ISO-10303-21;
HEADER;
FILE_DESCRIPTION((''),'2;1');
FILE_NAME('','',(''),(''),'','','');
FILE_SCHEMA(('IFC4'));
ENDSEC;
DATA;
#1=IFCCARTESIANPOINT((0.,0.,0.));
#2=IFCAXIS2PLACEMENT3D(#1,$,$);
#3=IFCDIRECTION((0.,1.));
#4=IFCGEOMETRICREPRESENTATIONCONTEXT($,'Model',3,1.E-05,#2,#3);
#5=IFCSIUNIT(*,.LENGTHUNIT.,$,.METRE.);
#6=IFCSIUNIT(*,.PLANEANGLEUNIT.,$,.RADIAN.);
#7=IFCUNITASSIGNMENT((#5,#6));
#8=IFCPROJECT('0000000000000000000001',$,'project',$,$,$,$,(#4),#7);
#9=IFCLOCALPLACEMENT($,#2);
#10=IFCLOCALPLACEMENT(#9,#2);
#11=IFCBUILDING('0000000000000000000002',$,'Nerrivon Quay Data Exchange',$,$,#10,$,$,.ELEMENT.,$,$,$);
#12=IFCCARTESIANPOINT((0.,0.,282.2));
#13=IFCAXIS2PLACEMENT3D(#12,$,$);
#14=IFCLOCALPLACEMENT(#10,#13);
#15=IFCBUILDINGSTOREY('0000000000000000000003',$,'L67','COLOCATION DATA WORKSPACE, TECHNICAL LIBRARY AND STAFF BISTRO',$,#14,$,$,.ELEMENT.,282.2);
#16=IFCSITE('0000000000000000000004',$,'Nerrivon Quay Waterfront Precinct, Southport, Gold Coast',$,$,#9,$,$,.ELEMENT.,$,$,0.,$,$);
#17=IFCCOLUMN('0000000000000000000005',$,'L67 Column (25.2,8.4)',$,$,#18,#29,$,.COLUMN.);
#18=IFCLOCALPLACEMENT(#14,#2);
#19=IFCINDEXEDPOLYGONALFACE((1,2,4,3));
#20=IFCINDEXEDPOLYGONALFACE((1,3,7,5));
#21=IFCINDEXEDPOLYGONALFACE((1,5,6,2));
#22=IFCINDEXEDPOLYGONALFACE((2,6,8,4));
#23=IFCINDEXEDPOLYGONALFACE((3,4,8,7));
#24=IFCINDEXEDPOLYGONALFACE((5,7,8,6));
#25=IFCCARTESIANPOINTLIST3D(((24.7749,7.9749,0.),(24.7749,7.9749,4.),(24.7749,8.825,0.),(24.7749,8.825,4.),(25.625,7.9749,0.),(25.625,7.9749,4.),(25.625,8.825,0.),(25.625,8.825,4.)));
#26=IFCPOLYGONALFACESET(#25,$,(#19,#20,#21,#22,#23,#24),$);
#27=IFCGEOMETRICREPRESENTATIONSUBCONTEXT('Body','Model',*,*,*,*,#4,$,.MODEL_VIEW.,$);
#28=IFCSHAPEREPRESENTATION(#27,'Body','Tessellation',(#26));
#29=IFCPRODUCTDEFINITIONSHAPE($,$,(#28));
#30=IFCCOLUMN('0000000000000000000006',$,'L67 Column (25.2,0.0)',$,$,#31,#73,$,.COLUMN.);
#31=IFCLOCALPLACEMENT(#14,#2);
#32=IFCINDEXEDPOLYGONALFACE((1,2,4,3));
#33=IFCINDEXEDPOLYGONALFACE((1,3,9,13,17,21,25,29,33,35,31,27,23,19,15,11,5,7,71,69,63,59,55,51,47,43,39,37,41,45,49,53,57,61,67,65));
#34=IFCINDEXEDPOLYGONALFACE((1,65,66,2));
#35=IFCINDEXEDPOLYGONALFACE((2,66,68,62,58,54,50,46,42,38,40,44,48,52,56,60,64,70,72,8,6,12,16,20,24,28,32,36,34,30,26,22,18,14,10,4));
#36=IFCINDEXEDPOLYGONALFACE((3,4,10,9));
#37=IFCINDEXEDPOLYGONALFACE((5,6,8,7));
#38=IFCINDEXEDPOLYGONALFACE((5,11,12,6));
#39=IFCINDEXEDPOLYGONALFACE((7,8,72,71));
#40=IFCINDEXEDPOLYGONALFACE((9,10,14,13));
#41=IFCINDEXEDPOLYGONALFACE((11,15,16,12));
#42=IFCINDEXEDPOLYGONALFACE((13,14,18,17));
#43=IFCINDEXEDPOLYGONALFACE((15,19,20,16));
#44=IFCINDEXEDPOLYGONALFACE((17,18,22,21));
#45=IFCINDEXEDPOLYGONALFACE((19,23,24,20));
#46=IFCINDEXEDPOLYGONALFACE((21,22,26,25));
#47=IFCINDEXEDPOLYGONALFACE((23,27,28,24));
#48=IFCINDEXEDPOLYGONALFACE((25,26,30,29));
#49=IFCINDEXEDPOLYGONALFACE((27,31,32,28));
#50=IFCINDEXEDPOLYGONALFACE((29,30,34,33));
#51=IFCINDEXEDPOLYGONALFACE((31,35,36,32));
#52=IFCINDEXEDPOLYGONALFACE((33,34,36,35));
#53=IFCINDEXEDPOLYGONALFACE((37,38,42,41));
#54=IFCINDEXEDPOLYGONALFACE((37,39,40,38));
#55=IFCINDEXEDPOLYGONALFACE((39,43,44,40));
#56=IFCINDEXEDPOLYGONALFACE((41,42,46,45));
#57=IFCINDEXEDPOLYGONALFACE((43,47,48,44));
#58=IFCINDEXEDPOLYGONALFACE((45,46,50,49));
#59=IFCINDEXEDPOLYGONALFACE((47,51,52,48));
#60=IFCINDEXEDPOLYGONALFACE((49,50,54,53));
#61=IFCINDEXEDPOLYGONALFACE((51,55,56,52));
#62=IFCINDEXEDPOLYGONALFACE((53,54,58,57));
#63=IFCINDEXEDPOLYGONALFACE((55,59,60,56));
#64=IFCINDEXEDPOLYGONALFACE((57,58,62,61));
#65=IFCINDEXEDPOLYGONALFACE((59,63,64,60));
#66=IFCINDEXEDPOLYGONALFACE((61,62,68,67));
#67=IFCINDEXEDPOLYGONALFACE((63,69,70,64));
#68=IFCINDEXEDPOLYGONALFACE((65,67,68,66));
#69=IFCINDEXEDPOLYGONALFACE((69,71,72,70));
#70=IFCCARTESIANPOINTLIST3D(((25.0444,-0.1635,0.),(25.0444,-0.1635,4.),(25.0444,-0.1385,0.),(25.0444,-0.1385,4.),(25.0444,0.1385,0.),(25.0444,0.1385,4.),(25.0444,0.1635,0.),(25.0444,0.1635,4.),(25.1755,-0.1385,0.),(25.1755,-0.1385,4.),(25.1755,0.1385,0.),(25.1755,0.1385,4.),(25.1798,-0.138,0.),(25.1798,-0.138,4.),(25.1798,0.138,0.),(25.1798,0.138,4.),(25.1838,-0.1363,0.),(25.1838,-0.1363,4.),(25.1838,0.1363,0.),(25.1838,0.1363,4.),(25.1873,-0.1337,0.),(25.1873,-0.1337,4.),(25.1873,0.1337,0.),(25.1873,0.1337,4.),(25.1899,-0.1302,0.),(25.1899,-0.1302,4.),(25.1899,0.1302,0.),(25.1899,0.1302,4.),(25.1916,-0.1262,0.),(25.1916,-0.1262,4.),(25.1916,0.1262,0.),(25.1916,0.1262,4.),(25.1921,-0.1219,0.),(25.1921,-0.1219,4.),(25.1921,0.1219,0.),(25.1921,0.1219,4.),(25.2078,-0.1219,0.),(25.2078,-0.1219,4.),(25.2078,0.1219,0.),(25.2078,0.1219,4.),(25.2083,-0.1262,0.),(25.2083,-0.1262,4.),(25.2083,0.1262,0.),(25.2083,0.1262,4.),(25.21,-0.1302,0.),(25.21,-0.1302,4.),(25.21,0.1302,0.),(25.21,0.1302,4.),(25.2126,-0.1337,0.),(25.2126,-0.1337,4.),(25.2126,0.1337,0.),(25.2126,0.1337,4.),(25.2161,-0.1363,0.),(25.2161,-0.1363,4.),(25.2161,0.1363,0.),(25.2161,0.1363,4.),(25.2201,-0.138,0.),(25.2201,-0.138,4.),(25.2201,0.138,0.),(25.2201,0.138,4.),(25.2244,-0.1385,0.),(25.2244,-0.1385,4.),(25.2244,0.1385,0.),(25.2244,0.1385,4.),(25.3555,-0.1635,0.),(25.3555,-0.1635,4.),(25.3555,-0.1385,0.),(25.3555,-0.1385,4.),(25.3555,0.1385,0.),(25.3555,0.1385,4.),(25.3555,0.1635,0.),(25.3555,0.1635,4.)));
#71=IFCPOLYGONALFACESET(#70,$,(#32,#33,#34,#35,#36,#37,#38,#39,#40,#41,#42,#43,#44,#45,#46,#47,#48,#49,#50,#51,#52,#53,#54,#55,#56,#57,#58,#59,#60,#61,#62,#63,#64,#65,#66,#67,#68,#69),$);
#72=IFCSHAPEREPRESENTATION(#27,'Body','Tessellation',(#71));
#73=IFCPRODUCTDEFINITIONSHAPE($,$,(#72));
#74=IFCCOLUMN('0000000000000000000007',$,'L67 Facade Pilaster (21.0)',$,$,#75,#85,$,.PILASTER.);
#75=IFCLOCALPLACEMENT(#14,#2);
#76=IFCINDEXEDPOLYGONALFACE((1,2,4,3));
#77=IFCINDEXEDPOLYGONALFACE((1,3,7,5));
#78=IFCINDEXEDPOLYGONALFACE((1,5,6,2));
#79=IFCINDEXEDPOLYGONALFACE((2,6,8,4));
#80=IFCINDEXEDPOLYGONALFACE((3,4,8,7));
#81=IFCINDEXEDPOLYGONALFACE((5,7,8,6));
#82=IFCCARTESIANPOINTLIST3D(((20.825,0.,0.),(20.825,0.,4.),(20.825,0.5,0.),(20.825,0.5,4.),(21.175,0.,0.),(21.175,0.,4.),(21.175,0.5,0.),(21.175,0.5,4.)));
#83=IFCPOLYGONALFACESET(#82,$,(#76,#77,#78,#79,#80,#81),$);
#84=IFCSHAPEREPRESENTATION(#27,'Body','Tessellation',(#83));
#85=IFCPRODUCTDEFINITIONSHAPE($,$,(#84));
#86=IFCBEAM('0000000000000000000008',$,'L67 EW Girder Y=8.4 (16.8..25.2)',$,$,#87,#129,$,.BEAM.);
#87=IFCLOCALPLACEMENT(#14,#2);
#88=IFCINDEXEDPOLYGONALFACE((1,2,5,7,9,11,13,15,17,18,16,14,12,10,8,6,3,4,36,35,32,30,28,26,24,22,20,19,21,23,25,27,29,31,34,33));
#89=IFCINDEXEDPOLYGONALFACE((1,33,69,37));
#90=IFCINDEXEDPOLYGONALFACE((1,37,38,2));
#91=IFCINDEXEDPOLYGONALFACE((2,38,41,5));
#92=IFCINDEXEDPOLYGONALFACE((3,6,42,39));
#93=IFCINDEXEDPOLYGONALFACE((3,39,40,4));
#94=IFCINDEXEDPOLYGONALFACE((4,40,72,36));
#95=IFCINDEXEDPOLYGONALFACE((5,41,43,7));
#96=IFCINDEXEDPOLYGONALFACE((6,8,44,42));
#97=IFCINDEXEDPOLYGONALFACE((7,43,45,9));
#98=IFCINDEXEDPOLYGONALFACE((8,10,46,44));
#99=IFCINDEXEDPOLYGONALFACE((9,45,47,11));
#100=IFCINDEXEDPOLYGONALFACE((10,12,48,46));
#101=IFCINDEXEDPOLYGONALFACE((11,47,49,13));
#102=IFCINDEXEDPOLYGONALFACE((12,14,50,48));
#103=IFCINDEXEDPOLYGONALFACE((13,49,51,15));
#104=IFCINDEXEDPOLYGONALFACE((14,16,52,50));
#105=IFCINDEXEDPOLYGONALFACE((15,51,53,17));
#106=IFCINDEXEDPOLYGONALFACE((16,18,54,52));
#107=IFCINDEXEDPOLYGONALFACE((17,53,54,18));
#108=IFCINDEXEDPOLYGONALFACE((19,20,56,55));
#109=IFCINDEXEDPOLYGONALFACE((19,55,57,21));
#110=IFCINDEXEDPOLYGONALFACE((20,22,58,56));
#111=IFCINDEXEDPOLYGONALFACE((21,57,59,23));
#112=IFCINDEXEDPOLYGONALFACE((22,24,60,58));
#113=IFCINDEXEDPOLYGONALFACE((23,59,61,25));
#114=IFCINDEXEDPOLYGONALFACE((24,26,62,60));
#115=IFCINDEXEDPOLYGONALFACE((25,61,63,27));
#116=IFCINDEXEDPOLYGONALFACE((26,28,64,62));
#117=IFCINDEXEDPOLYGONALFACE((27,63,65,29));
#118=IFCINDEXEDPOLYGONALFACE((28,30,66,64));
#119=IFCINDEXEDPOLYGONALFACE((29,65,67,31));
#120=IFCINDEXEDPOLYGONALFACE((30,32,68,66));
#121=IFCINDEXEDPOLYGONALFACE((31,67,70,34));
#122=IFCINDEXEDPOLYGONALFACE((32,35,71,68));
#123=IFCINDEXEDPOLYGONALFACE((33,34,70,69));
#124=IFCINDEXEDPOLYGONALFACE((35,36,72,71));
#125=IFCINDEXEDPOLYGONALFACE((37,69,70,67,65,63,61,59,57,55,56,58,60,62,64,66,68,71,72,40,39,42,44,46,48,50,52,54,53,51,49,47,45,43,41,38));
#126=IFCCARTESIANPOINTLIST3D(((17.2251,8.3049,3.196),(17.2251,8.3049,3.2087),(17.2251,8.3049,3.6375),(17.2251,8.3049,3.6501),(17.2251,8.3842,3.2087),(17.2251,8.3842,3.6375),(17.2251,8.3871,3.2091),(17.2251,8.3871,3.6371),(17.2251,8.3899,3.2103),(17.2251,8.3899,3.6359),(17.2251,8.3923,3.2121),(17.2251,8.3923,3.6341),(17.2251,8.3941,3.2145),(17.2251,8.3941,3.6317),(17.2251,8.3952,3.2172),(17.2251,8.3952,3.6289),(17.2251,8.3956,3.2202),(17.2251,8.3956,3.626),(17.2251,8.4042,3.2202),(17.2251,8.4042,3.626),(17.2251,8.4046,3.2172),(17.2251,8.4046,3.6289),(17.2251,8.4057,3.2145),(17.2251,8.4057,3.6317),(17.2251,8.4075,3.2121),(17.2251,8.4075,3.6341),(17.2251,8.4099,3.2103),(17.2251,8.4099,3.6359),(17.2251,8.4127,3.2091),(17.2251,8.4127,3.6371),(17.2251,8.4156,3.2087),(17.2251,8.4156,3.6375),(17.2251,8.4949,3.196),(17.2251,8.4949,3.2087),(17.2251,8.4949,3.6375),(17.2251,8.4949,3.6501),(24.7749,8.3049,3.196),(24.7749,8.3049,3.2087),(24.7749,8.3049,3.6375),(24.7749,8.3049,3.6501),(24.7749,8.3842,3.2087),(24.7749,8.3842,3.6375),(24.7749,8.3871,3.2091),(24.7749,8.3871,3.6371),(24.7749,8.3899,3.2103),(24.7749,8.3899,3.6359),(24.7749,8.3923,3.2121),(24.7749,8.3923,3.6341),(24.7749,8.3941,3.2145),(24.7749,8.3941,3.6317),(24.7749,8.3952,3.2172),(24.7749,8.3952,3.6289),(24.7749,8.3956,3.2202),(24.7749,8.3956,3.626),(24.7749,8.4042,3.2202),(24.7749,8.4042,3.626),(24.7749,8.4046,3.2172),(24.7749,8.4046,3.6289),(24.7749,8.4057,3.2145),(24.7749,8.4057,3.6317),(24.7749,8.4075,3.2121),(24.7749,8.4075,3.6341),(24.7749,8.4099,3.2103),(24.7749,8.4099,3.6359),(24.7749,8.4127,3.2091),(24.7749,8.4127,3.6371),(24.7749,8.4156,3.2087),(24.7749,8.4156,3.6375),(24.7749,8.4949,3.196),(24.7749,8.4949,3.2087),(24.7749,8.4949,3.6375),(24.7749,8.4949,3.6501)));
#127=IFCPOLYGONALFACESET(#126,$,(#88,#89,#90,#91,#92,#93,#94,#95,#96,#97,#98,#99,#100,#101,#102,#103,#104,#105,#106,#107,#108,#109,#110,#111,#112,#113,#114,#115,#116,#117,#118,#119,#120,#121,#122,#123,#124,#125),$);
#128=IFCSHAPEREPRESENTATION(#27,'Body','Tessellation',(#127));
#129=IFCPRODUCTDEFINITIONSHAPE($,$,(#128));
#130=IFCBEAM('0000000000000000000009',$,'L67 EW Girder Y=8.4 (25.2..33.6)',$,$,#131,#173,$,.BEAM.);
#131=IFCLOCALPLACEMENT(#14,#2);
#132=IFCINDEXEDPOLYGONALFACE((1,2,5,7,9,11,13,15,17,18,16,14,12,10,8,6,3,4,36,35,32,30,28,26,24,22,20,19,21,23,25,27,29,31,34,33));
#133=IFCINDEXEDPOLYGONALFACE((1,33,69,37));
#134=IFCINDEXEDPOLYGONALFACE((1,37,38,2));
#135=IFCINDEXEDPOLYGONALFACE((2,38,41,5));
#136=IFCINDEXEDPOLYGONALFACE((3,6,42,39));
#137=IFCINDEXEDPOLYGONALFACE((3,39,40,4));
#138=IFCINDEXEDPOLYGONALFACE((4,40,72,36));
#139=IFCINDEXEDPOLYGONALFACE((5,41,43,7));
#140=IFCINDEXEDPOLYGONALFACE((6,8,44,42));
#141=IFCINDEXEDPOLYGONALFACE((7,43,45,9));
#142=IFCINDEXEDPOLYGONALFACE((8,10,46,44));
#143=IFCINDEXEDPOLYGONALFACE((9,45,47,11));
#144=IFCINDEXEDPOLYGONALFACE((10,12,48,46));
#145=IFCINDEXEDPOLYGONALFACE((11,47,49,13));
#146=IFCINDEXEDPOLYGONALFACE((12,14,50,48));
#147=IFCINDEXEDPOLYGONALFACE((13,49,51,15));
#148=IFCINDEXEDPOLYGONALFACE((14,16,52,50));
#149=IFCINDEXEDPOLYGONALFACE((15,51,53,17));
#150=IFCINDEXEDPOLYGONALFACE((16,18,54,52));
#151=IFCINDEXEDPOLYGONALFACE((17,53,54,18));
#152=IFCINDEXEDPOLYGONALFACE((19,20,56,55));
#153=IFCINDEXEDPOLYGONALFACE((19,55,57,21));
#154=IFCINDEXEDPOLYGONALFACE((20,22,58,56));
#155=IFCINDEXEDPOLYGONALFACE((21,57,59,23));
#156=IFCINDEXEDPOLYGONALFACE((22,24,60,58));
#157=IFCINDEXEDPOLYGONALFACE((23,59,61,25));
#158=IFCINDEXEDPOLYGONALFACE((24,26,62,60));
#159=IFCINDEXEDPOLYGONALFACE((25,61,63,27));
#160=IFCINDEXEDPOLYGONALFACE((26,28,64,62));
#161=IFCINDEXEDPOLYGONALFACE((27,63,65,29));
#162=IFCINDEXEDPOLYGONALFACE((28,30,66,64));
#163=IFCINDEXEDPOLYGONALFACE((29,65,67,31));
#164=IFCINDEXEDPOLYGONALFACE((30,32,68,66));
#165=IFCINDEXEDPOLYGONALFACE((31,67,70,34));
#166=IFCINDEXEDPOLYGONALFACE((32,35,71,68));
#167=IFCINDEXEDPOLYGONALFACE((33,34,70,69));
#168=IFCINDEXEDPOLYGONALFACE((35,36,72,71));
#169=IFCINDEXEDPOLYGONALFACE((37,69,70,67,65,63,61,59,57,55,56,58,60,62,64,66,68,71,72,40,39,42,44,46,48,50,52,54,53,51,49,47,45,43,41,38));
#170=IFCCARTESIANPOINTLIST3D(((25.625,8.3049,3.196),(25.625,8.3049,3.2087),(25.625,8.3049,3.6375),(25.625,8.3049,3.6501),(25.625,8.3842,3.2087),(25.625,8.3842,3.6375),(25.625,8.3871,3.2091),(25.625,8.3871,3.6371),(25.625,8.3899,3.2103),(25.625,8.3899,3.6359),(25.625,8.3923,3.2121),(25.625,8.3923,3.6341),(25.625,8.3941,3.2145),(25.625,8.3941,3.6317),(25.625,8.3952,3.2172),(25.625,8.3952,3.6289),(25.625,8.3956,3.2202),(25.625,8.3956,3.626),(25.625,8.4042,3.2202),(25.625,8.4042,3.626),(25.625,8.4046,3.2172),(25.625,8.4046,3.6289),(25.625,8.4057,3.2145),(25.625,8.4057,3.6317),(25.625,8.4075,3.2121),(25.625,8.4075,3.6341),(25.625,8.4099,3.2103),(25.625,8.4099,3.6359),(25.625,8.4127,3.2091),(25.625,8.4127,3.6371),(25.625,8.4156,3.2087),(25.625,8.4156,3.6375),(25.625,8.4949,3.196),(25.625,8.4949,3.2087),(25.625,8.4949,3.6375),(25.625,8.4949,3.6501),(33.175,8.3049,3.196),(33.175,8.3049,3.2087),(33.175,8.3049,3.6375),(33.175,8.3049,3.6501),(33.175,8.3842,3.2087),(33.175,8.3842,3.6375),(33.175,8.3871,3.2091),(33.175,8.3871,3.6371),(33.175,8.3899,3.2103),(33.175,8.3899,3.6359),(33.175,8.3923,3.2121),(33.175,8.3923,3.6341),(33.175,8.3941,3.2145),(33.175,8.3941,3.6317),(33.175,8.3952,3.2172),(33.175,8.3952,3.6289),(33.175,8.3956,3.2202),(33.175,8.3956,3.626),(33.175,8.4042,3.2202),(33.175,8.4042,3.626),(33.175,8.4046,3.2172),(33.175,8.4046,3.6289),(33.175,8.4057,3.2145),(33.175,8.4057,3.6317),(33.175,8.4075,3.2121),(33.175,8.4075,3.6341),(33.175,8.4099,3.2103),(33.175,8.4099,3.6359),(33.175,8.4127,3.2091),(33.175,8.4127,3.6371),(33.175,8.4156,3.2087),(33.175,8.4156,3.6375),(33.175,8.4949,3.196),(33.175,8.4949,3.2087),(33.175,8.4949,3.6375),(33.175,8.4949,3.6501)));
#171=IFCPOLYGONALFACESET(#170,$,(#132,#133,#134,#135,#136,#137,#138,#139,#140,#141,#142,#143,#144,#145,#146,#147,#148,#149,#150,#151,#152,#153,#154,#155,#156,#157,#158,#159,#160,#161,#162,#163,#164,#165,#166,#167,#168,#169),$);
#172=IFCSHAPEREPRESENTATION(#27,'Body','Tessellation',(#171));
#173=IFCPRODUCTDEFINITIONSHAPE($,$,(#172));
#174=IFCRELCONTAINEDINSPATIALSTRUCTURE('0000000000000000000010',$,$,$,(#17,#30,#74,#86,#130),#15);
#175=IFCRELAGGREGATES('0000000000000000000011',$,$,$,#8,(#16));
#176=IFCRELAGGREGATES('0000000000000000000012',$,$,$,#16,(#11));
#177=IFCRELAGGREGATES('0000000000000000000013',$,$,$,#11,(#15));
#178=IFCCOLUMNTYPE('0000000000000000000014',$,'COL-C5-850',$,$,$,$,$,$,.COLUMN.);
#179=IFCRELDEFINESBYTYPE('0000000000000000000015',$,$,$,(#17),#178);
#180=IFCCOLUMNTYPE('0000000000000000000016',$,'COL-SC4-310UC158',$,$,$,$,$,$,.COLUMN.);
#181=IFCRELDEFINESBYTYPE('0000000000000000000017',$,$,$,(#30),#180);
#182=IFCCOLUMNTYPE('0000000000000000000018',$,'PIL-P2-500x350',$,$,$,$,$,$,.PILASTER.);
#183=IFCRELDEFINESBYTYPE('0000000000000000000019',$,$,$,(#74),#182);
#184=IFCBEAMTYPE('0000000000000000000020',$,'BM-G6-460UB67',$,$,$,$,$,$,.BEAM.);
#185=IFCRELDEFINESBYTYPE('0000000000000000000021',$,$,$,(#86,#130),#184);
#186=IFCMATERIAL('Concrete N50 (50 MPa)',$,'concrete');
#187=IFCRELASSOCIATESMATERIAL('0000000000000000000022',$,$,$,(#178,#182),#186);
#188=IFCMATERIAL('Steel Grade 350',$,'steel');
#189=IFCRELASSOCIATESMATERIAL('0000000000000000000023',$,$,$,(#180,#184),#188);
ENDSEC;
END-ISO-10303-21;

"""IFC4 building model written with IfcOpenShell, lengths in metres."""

from ifc_helpers import new_model, si_unit, direction, frame, origin, origin_2d, place, context, subcontext, project, spatial, rectangle, i_section, extrude, material, material_profile, profile_set, type_object, element, save


model = new_model("IFC4")

# Units and contexts
model_context = context("Model", 3, precision=1e-05, world=origin(), true_north=direction((0.0, 1.0)))
body_context = subcontext(model_context, "Body", "Model", "MODEL_VIEW")
ifc_project = project(units=[si_unit("LENGTHUNIT", "METRE"), si_unit("PLANEANGLEUNIT", "RADIAN")], contexts=[model_context])

# Site, building, storey
site_placement = place(None, origin())
site = spatial("IfcSite", under=ifc_project, at=site_placement, Name="Nerrivon Quay Waterfront Precinct, Southport, Gold Coast", CompositionType="ELEMENT", RefElevation=0.0)
building_placement = place(site_placement, origin())
building = spatial("IfcBuilding", under=site, at=building_placement, Name="Nerrivon Quay Data Exchange", CompositionType="ELEMENT")
storey_placement = place(building_placement, frame((0.0, 0.0, 282.2)))
storey = spatial("IfcBuildingStorey", under=building, at=storey_placement, Name="L67", Description="COLOCATION DATA WORKSPACE, TECHNICAL LIBRARY AND STAFF BISTRO", CompositionType="ELEMENT", Elevation=282.2)

# Columns
ifc_material_1 = material(Name="Concrete N50 (50 MPa)", Category="concrete")
ifc_material_profile_1 = material_profile(ifc_material_1, rectangle(XDim=0.8501, YDim=0.8501, at=origin_2d()), Name="RC-COL-850x850")
ifc_profile_set_1 = profile_set([ifc_material_profile_1], Name="Concrete N50 (50 MPa)")
column_type_1 = type_object("IfcColumnType", Name="COL-C5-850", PredefinedType="COLUMN", material=ifc_profile_set_1)
column_1_placement = place(storey_placement, frame((25.2, 8.3999, 0.0), z_axis=(0.0, 0.0, 1.0), x_axis=(1.0, 0.0, 0.0)))
element("IfcColumn", 1, at=column_1_placement, inside=storey, type_object=column_type_1, Name="L67 Column (25.2,8.4)", PredefinedType="COLUMN", context=body_context, shape_type="SweptSolid", body=[
    extrude(rectangle(XDim=0.8501, YDim=0.8501, at=origin_2d()), origin(), (0.0, 0.0, 1.0), 4.0),
])
ifc_material_2 = material(Name="Steel Grade 350", Category="steel")
ifc_material_profile_2 = material_profile(ifc_material_2, i_section(OverallWidth=0.311, OverallDepth=0.3269, WebThickness=0.0156, FlangeThickness=0.0249, FilletRadius=0.0166, at=origin_2d()), Name="310UC158")
ifc_profile_set_2 = profile_set([ifc_material_profile_2], Name="Steel Grade 350")
column_type_2 = type_object("IfcColumnType", Name="COL-SC4-310UC158", PredefinedType="COLUMN", material=ifc_profile_set_2)
column_2_placement = place(storey_placement, frame((25.2, 0.0, 0.0), z_axis=(0.0, 0.0, 1.0), x_axis=(1.0, 0.0, 0.0)))
element("IfcColumn", 2, at=column_2_placement, inside=storey, type_object=column_type_2, Name="L67 Column (25.2,0.0)", PredefinedType="COLUMN", context=body_context, shape_type="SweptSolid", body=[
    extrude(i_section(OverallWidth=0.311, OverallDepth=0.3269, WebThickness=0.0156, FlangeThickness=0.0249, FilletRadius=0.0166, at=origin_2d()), origin(), (0.0, 0.0, 1.0), 4.0),
])
ifc_material_profile_3 = material_profile(ifc_material_1, rectangle(XDim=0.3501, YDim=0.5, at=origin_2d()), Name="RC-PIL-500x350")
ifc_profile_set_3 = profile_set([ifc_material_profile_3], Name="Concrete N50 (50 MPa)")
column_type_3 = type_object("IfcColumnType", Name="PIL-P2-500x350", PredefinedType="PILASTER", material=ifc_profile_set_3)
column_3_placement = place(storey_placement, frame((21.0, 0.25, 0.0), z_axis=(0.0, 0.0, 1.0), x_axis=(1.0, 0.0, 0.0)))
element("IfcColumn", 3, at=column_3_placement, inside=storey, type_object=column_type_3, Name="L67 Facade Pilaster (21.0)", PredefinedType="PILASTER", context=body_context, shape_type="SweptSolid", body=[
    extrude(rectangle(XDim=0.3501, YDim=0.5, at=origin_2d()), origin(), (0.0, 0.0, 1.0), 4.0),
])

# Beams
ifc_material_profile_4 = material_profile(ifc_material_2, i_section(OverallWidth=0.1899, OverallDepth=0.4541, WebThickness=0.0085, FlangeThickness=0.0127, FilletRadius=0.0115, at=origin_2d()), Name="460UB67.1")
ifc_profile_set_4 = profile_set([ifc_material_profile_4], Name="Steel Grade 350")
beam_type_1 = type_object("IfcBeamType", Name="BM-G6-460UB67", PredefinedType="BEAM", material=ifc_profile_set_4)
beam_1_placement = place(storey_placement, frame((17.2251, 8.3999, 3.4231), z_axis=(1.0, 0.0, 0.0), x_axis=(0.0, 1.0, 0.0)))
element("IfcBeam", 4, at=beam_1_placement, inside=storey, type_object=beam_type_1, Name="L67 EW Girder Y=8.4 (16.8..25.2)", PredefinedType="BEAM", context=body_context, shape_type="SweptSolid", body=[
    extrude(i_section(OverallWidth=0.1899, OverallDepth=0.4541, WebThickness=0.0085, FlangeThickness=0.0127, FilletRadius=0.0115, at=origin_2d()), origin(), (0.0, 0.0, 1.0), 7.5498),
])
beam_2_placement = place(storey_placement, frame((25.625, 8.3999, 3.4231), z_axis=(1.0, 0.0, 0.0), x_axis=(0.0, 1.0, 0.0)))
element("IfcBeam", 5, at=beam_2_placement, inside=storey, type_object=beam_type_1, Name="L67 EW Girder Y=8.4 (25.2..33.6)", PredefinedType="BEAM", context=body_context, shape_type="SweptSolid", body=[
    extrude(i_section(OverallWidth=0.1899, OverallDepth=0.4541, WebThickness=0.0085, FlangeThickness=0.0127, FilletRadius=0.0115, at=origin_2d()), origin(), (0.0, 0.0, 1.0), 7.55),
])

save(model, "model.ifc")
